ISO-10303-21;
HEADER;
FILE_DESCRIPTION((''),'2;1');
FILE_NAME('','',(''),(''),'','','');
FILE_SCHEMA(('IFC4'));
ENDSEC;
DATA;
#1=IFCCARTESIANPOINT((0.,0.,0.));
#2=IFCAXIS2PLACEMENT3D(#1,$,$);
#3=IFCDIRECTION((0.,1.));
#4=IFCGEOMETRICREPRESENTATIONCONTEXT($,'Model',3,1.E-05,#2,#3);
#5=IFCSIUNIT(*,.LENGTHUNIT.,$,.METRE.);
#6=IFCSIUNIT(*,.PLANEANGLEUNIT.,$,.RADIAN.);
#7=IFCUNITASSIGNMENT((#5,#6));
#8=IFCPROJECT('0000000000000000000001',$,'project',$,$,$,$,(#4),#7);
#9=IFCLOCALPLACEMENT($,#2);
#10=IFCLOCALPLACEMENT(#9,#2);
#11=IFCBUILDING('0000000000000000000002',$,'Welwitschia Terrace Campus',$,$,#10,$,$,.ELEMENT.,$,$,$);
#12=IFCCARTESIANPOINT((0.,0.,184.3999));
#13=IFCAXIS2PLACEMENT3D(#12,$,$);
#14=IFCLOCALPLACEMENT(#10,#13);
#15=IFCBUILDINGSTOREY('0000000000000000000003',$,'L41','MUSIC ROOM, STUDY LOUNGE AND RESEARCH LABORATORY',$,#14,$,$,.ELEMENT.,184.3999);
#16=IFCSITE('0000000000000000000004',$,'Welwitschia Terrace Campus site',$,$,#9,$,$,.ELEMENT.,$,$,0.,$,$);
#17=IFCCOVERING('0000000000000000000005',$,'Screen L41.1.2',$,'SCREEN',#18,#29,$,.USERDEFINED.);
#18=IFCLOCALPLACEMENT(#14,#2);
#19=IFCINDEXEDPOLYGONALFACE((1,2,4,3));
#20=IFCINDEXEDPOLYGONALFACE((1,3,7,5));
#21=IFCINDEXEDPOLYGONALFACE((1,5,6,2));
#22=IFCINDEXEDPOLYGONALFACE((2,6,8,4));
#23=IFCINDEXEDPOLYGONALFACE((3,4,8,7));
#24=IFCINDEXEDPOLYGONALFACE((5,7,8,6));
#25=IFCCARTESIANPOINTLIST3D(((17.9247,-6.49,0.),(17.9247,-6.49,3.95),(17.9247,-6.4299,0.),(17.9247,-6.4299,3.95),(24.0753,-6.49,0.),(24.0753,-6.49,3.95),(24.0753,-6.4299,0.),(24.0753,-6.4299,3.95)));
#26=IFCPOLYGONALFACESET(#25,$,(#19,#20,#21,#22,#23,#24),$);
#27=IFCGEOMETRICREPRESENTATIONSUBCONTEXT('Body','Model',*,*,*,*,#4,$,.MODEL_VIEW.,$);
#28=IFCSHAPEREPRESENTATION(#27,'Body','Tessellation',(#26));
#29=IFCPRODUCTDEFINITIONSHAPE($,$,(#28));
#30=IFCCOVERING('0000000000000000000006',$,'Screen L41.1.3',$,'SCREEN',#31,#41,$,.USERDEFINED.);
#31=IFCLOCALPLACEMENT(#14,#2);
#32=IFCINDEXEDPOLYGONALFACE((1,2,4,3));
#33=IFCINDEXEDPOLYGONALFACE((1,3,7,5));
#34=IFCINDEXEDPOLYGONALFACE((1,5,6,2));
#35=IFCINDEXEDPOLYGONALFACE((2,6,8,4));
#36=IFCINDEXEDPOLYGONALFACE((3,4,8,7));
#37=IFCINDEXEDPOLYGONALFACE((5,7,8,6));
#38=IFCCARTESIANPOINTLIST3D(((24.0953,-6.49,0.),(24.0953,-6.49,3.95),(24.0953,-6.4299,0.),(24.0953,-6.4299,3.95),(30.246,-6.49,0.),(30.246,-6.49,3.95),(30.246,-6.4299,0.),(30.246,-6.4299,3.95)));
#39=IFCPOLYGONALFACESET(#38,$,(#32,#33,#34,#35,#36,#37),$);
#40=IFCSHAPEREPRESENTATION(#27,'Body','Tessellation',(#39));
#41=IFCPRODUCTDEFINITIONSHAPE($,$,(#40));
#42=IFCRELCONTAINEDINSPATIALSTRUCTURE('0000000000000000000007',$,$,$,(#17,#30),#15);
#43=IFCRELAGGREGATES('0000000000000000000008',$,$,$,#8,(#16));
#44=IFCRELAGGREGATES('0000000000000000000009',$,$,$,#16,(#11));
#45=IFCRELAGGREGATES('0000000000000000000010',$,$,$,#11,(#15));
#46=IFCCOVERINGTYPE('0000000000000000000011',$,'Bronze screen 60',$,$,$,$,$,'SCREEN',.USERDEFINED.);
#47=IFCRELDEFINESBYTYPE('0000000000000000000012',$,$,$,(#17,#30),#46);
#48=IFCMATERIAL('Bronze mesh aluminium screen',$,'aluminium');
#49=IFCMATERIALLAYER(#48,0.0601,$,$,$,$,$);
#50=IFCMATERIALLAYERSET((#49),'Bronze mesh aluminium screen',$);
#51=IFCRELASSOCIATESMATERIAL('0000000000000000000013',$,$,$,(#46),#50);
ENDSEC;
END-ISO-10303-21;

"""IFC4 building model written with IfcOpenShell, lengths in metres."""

from ifc_helpers import new_model, si_unit, direction, frame, origin, origin_2d, place, context, subcontext, project, spatial, rectangle, extrude, material, layer, layer_set, type_object, element, save


model = new_model("IFC4")

# Units and contexts
model_context = context("Model", 3, precision=1e-05, world=origin(), true_north=direction((0.0, 1.0)))
body_context = subcontext(model_context, "Body", "Model", "MODEL_VIEW")
ifc_project = project(units=[si_unit("LENGTHUNIT", "METRE"), si_unit("PLANEANGLEUNIT", "RADIAN")], contexts=[model_context])

# Site, building, storey
site_placement = place(None, origin())
site = spatial("IfcSite", under=ifc_project, at=site_placement, Name="Welwitschia Terrace Campus site", CompositionType="ELEMENT", RefElevation=0.0)
building_placement = place(site_placement, origin())
building = spatial("IfcBuilding", under=site, at=building_placement, Name="Welwitschia Terrace Campus", CompositionType="ELEMENT")
storey_placement = place(building_placement, frame((0.0, 0.0, 184.3999)))
storey = spatial("IfcBuildingStorey", under=building, at=storey_placement, Name="L41", Description="MUSIC ROOM, STUDY LOUNGE AND RESEARCH LABORATORY", CompositionType="ELEMENT", Elevation=184.3999)

# Coverings
ifc_material_1 = material(Name="Bronze mesh aluminium screen", Category="aluminium")
ifc_layer_1 = layer(ifc_material_1, 0.0601)
ifc_layer_set_1 = layer_set([ifc_layer_1], Name="Bronze mesh aluminium screen")
covering_type = type_object("IfcCoveringType", Name="Bronze screen 60", ElementType="SCREEN", PredefinedType="USERDEFINED", material=ifc_layer_set_1)
for number, where, z_axis, x_axis, name in (
    (1, (21.0, -6.46, 0.0), (0.0, 0.0, 1.0), (1.0, 0.0, 0.0), "Screen L41.1.2"),
    (2, (27.1707, -6.46, 0.0), (0.0, 0.0, 1.0), (1.0, 0.0, 0.0), "Screen L41.1.3"),
):
    element("IfcCovering", number, at=place(storey_placement, frame(where, z_axis=z_axis, x_axis=x_axis)), inside=storey, type_object=covering_type, Name=name, ObjectType="SCREEN", PredefinedType="USERDEFINED", context=body_context, shape_type="SweptSolid", body=[
        extrude(rectangle(XDim=6.1506, YDim=0.0601, at=origin_2d()), origin(), (0.0, 0.0, 1.0), 3.95),
    ])

save(model, "model.ifc")
